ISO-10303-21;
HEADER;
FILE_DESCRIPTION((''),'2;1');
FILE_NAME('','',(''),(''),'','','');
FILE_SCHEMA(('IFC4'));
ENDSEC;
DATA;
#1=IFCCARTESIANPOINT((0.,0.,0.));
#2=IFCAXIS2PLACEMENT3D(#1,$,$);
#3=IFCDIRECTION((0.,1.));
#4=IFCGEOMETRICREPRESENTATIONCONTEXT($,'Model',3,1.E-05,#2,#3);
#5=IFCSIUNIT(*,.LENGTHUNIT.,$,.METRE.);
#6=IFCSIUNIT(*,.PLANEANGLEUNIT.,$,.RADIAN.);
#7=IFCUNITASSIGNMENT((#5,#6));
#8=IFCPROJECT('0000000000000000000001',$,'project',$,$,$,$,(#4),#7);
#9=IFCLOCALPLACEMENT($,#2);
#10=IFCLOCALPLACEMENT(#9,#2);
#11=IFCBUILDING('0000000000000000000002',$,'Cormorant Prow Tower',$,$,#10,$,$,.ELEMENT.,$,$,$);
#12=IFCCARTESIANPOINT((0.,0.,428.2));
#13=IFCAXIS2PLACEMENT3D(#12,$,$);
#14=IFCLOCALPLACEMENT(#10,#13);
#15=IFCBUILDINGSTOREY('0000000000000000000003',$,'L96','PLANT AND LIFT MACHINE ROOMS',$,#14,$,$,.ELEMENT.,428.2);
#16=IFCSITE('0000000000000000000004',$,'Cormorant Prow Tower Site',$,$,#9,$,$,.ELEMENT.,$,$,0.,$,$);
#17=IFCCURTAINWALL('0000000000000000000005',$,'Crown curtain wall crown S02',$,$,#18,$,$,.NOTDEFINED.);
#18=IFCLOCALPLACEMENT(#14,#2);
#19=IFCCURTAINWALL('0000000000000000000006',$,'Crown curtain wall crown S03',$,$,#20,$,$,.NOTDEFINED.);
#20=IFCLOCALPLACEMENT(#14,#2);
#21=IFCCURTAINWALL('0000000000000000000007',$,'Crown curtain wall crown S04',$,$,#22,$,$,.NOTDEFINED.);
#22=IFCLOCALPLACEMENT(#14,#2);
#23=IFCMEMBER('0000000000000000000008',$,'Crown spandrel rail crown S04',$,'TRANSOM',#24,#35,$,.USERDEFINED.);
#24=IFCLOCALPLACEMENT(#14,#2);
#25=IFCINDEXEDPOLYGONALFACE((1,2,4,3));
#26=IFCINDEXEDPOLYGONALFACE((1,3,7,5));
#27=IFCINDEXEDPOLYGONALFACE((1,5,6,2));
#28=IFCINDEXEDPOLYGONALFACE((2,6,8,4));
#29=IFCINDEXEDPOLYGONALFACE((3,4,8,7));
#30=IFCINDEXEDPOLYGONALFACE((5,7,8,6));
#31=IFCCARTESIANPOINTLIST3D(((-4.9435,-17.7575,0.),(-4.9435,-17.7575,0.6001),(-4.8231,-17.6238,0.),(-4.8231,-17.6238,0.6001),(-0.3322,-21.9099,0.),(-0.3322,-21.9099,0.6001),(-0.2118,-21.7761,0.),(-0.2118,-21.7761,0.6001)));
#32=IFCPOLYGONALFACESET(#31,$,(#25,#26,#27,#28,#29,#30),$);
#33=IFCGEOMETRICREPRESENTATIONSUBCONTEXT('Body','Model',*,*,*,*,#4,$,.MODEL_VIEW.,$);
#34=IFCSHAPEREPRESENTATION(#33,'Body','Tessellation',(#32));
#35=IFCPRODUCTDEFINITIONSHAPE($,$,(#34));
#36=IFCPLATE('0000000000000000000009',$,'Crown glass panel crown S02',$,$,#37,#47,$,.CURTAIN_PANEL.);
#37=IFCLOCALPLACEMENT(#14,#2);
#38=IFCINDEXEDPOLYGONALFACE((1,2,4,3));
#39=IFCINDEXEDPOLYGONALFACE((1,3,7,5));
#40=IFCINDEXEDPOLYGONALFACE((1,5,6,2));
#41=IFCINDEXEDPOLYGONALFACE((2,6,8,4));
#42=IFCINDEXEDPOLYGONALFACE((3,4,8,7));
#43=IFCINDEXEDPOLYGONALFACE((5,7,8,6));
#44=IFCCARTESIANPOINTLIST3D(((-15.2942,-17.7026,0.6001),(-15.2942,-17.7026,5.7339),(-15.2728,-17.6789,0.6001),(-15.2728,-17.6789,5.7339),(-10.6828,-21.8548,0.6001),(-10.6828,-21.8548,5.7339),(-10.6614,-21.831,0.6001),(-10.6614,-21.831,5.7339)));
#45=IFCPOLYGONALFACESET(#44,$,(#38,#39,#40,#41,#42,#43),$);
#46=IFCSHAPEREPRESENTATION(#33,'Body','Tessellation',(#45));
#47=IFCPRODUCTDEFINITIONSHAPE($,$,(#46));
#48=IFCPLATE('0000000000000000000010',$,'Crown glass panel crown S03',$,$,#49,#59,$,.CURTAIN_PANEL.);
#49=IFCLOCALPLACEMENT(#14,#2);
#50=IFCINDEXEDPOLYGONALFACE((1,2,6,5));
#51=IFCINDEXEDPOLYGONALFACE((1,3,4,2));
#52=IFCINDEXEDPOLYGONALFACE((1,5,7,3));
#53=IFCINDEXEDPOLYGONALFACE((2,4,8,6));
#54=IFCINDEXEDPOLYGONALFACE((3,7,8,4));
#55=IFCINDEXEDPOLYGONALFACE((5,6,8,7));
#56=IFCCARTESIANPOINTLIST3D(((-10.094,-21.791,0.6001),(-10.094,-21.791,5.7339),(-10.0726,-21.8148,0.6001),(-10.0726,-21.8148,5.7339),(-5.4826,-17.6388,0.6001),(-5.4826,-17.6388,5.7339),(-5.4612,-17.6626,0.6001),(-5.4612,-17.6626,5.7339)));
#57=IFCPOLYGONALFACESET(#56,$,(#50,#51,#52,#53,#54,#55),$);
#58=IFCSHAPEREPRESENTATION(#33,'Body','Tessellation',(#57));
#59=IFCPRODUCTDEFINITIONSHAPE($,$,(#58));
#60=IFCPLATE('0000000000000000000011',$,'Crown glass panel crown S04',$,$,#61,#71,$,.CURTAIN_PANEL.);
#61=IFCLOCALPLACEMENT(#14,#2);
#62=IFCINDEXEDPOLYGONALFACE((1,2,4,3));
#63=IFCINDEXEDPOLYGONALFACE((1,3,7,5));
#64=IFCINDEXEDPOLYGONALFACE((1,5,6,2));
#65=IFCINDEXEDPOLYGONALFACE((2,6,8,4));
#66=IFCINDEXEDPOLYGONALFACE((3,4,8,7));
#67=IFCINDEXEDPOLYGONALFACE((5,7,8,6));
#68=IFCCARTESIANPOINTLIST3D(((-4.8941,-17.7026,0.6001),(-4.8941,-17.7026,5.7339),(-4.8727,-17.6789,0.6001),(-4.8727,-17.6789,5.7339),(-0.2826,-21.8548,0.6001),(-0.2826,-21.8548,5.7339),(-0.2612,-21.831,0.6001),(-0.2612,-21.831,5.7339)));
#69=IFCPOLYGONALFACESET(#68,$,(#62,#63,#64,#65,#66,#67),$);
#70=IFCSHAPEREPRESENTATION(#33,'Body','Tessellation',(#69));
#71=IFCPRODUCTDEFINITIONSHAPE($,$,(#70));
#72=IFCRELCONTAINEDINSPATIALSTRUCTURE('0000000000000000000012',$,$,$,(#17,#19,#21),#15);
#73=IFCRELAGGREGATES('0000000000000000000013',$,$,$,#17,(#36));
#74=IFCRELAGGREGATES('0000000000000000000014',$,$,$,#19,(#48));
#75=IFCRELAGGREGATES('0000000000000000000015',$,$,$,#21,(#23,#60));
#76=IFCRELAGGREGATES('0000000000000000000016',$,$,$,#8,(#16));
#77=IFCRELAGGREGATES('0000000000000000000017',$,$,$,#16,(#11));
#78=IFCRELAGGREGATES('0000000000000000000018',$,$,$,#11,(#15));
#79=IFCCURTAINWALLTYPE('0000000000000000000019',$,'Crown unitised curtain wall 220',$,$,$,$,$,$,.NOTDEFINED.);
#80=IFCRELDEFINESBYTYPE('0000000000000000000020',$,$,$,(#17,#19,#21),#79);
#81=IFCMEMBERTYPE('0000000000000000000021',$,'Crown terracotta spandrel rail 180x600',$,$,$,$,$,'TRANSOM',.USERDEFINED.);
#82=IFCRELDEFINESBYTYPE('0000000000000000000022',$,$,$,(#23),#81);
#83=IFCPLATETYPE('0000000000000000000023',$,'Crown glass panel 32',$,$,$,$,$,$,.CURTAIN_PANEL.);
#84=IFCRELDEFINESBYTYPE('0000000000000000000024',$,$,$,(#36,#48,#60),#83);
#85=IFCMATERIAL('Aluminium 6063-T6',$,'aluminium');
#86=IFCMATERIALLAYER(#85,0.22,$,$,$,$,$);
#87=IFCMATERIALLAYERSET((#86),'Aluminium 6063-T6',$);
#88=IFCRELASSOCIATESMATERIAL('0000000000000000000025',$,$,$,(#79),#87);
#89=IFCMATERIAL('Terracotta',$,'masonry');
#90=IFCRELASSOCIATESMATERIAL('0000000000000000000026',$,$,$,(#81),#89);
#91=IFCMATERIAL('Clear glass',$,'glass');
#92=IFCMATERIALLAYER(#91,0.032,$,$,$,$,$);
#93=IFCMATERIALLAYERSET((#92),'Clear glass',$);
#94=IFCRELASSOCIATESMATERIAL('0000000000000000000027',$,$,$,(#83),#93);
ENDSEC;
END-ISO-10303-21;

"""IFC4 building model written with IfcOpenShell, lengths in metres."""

from ifc_helpers import new_model, si_unit, direction, frame, origin, origin_2d, place, context, subcontext, project, spatial, rectangle, extrude, material, layer, layer_set, material_profile, profile_set, type_object, element, aggregate, save


model = new_model("IFC4")

# Units and contexts
model_context = context("Model", 3, precision=1e-05, world=origin(), true_north=direction((0.0, 1.0)))
body_context = subcontext(model_context, "Body", "Model", "MODEL_VIEW")
ifc_project = project(units=[si_unit("LENGTHUNIT", "METRE"), si_unit("PLANEANGLEUNIT", "RADIAN")], contexts=[model_context])

# Site, building, storey
site_placement = place(None, origin())
site = spatial("IfcSite", under=ifc_project, at=site_placement, Name="Cormorant Prow Tower Site", CompositionType="ELEMENT", RefElevation=0.0)
building_placement = place(site_placement, origin())
building = spatial("IfcBuilding", under=site, at=building_placement, Name="Cormorant Prow Tower", CompositionType="ELEMENT")
storey_placement = place(building_placement, frame((0.0, 0.0, 428.2)))
storey = spatial("IfcBuildingStorey", under=building, at=storey_placement, Name="L96", Description="PLANT AND LIFT MACHINE ROOMS", CompositionType="ELEMENT", Elevation=428.2)

# Curtain walls
ifc_material_1 = material(Name="Aluminium 6063-T6", Category="aluminium")
ifc_layer_1 = layer(ifc_material_1, 0.22)
ifc_layer_set_1 = layer_set([ifc_layer_1], Name="Aluminium 6063-T6")
curtain_wall_type = type_object("IfcCurtainWallType", Name="Crown unitised curtain wall 220", PredefinedType="NOTDEFINED", material=ifc_layer_set_1)
curtain_wall_1_placement = place(storey_placement, origin())
curtain_wall_1 = element("IfcCurtainWall", 1, at=curtain_wall_1_placement, inside=storey, type_object=curtain_wall_type, Name="Crown curtain wall crown S02", PredefinedType="NOTDEFINED")
curtain_wall_2_placement = place(storey_placement, origin())
curtain_wall_2 = element("IfcCurtainWall", 2, at=curtain_wall_2_placement, inside=storey, type_object=curtain_wall_type, Name="Crown curtain wall crown S03", PredefinedType="NOTDEFINED")
curtain_wall_3_placement = place(storey_placement, origin())
curtain_wall_3 = element("IfcCurtainWall", 3, at=curtain_wall_3_placement, inside=storey, type_object=curtain_wall_type, Name="Crown curtain wall crown S04", PredefinedType="NOTDEFINED")

# Member
ifc_material_2 = material(Name="Terracotta", Category="masonry")
ifc_material_profile_1 = material_profile(ifc_material_2, rectangle(XDim=0.1799, YDim=0.6001, at=origin_2d()), Name="Crown terracotta spandrel rail 180x600")
ifc_profile_set_1 = profile_set([ifc_material_profile_1], Name="Terracotta")
member_type_1 = type_object("IfcMemberType", Name="Crown terracotta spandrel rail 180x600", ElementType="TRANSOM", PredefinedType="USERDEFINED", material=ifc_profile_set_1)
member_1_placement = place(storey_placement, frame((-4.8833, -17.6907, 0.3), z_axis=(0.743122, -0.669156, 0.0), x_axis=(0.669156, 0.743122, 0.0)))
member_1 = element("IfcMember", 4, at=member_1_placement, type_object=member_type_1, Name="Crown spandrel rail crown S04", ObjectType="TRANSOM", PredefinedType="USERDEFINED", context=body_context, shape_type="SweptSolid", body=[
    extrude(rectangle(XDim=0.1799, YDim=0.6001, at=origin_2d()), origin(), (0.0, 0.0, 1.0), 6.2053),
])

# Plates
ifc_material_3 = material(Name="Clear glass", Category="glass")
ifc_layer_2 = layer(ifc_material_3, 0.032)
ifc_layer_set_2 = layer_set([ifc_layer_2], Name="Clear glass")
plate_type = type_object("IfcPlateType", Name="Crown glass panel 32", PredefinedType="CURTAIN_PANEL", material=ifc_layer_set_2)
plate_1_placement = place(storey_placement, frame((-12.9778, -19.7668, 0.6001), z_axis=(0.0, 0.0, 1.0), x_axis=(0.743145, -0.669131, 0.0)))
plate_1 = element("IfcPlate", 5, at=plate_1_placement, type_object=plate_type, Name="Crown glass panel crown S02", PredefinedType="CURTAIN_PANEL", context=body_context, shape_type="SweptSolid", body=[
    extrude(rectangle(XDim=6.2053, YDim=0.032, at=origin_2d()), origin(), (0.0, 0.0, 1.0), 5.1338),
])
aggregate(curtain_wall_1, [plate_1])
plate_2_placement = place(storey_placement, frame((-7.7776, -19.7268, 0.6001), z_axis=(0.0, 0.0, 1.0), x_axis=(0.743145, 0.669131, 0.0)))
plate_2 = element("IfcPlate", 6, at=plate_2_placement, type_object=plate_type, Name="Crown glass panel crown S03", PredefinedType="CURTAIN_PANEL", context=body_context, shape_type="SweptSolid", body=[
    extrude(rectangle(XDim=6.2053, YDim=0.032, at=origin_2d()), origin(), (0.0, 0.0, 1.0), 5.1338),
])
aggregate(curtain_wall_2, [plate_2])
plate_3_placement = place(storey_placement, frame((-2.5776, -19.7668, 0.6001), z_axis=(0.0, 0.0, 1.0), x_axis=(0.743145, -0.669131, 0.0)))
plate_3 = element("IfcPlate", 7, at=plate_3_placement, type_object=plate_type, Name="Crown glass panel crown S04", PredefinedType="CURTAIN_PANEL", context=body_context, shape_type="SweptSolid", body=[
    extrude(rectangle(XDim=6.2053, YDim=0.032, at=origin_2d()), origin(), (0.0, 0.0, 1.0), 5.1338),
])
aggregate(curtain_wall_3, [member_1, plate_3])

save(model, "model.ifc")
